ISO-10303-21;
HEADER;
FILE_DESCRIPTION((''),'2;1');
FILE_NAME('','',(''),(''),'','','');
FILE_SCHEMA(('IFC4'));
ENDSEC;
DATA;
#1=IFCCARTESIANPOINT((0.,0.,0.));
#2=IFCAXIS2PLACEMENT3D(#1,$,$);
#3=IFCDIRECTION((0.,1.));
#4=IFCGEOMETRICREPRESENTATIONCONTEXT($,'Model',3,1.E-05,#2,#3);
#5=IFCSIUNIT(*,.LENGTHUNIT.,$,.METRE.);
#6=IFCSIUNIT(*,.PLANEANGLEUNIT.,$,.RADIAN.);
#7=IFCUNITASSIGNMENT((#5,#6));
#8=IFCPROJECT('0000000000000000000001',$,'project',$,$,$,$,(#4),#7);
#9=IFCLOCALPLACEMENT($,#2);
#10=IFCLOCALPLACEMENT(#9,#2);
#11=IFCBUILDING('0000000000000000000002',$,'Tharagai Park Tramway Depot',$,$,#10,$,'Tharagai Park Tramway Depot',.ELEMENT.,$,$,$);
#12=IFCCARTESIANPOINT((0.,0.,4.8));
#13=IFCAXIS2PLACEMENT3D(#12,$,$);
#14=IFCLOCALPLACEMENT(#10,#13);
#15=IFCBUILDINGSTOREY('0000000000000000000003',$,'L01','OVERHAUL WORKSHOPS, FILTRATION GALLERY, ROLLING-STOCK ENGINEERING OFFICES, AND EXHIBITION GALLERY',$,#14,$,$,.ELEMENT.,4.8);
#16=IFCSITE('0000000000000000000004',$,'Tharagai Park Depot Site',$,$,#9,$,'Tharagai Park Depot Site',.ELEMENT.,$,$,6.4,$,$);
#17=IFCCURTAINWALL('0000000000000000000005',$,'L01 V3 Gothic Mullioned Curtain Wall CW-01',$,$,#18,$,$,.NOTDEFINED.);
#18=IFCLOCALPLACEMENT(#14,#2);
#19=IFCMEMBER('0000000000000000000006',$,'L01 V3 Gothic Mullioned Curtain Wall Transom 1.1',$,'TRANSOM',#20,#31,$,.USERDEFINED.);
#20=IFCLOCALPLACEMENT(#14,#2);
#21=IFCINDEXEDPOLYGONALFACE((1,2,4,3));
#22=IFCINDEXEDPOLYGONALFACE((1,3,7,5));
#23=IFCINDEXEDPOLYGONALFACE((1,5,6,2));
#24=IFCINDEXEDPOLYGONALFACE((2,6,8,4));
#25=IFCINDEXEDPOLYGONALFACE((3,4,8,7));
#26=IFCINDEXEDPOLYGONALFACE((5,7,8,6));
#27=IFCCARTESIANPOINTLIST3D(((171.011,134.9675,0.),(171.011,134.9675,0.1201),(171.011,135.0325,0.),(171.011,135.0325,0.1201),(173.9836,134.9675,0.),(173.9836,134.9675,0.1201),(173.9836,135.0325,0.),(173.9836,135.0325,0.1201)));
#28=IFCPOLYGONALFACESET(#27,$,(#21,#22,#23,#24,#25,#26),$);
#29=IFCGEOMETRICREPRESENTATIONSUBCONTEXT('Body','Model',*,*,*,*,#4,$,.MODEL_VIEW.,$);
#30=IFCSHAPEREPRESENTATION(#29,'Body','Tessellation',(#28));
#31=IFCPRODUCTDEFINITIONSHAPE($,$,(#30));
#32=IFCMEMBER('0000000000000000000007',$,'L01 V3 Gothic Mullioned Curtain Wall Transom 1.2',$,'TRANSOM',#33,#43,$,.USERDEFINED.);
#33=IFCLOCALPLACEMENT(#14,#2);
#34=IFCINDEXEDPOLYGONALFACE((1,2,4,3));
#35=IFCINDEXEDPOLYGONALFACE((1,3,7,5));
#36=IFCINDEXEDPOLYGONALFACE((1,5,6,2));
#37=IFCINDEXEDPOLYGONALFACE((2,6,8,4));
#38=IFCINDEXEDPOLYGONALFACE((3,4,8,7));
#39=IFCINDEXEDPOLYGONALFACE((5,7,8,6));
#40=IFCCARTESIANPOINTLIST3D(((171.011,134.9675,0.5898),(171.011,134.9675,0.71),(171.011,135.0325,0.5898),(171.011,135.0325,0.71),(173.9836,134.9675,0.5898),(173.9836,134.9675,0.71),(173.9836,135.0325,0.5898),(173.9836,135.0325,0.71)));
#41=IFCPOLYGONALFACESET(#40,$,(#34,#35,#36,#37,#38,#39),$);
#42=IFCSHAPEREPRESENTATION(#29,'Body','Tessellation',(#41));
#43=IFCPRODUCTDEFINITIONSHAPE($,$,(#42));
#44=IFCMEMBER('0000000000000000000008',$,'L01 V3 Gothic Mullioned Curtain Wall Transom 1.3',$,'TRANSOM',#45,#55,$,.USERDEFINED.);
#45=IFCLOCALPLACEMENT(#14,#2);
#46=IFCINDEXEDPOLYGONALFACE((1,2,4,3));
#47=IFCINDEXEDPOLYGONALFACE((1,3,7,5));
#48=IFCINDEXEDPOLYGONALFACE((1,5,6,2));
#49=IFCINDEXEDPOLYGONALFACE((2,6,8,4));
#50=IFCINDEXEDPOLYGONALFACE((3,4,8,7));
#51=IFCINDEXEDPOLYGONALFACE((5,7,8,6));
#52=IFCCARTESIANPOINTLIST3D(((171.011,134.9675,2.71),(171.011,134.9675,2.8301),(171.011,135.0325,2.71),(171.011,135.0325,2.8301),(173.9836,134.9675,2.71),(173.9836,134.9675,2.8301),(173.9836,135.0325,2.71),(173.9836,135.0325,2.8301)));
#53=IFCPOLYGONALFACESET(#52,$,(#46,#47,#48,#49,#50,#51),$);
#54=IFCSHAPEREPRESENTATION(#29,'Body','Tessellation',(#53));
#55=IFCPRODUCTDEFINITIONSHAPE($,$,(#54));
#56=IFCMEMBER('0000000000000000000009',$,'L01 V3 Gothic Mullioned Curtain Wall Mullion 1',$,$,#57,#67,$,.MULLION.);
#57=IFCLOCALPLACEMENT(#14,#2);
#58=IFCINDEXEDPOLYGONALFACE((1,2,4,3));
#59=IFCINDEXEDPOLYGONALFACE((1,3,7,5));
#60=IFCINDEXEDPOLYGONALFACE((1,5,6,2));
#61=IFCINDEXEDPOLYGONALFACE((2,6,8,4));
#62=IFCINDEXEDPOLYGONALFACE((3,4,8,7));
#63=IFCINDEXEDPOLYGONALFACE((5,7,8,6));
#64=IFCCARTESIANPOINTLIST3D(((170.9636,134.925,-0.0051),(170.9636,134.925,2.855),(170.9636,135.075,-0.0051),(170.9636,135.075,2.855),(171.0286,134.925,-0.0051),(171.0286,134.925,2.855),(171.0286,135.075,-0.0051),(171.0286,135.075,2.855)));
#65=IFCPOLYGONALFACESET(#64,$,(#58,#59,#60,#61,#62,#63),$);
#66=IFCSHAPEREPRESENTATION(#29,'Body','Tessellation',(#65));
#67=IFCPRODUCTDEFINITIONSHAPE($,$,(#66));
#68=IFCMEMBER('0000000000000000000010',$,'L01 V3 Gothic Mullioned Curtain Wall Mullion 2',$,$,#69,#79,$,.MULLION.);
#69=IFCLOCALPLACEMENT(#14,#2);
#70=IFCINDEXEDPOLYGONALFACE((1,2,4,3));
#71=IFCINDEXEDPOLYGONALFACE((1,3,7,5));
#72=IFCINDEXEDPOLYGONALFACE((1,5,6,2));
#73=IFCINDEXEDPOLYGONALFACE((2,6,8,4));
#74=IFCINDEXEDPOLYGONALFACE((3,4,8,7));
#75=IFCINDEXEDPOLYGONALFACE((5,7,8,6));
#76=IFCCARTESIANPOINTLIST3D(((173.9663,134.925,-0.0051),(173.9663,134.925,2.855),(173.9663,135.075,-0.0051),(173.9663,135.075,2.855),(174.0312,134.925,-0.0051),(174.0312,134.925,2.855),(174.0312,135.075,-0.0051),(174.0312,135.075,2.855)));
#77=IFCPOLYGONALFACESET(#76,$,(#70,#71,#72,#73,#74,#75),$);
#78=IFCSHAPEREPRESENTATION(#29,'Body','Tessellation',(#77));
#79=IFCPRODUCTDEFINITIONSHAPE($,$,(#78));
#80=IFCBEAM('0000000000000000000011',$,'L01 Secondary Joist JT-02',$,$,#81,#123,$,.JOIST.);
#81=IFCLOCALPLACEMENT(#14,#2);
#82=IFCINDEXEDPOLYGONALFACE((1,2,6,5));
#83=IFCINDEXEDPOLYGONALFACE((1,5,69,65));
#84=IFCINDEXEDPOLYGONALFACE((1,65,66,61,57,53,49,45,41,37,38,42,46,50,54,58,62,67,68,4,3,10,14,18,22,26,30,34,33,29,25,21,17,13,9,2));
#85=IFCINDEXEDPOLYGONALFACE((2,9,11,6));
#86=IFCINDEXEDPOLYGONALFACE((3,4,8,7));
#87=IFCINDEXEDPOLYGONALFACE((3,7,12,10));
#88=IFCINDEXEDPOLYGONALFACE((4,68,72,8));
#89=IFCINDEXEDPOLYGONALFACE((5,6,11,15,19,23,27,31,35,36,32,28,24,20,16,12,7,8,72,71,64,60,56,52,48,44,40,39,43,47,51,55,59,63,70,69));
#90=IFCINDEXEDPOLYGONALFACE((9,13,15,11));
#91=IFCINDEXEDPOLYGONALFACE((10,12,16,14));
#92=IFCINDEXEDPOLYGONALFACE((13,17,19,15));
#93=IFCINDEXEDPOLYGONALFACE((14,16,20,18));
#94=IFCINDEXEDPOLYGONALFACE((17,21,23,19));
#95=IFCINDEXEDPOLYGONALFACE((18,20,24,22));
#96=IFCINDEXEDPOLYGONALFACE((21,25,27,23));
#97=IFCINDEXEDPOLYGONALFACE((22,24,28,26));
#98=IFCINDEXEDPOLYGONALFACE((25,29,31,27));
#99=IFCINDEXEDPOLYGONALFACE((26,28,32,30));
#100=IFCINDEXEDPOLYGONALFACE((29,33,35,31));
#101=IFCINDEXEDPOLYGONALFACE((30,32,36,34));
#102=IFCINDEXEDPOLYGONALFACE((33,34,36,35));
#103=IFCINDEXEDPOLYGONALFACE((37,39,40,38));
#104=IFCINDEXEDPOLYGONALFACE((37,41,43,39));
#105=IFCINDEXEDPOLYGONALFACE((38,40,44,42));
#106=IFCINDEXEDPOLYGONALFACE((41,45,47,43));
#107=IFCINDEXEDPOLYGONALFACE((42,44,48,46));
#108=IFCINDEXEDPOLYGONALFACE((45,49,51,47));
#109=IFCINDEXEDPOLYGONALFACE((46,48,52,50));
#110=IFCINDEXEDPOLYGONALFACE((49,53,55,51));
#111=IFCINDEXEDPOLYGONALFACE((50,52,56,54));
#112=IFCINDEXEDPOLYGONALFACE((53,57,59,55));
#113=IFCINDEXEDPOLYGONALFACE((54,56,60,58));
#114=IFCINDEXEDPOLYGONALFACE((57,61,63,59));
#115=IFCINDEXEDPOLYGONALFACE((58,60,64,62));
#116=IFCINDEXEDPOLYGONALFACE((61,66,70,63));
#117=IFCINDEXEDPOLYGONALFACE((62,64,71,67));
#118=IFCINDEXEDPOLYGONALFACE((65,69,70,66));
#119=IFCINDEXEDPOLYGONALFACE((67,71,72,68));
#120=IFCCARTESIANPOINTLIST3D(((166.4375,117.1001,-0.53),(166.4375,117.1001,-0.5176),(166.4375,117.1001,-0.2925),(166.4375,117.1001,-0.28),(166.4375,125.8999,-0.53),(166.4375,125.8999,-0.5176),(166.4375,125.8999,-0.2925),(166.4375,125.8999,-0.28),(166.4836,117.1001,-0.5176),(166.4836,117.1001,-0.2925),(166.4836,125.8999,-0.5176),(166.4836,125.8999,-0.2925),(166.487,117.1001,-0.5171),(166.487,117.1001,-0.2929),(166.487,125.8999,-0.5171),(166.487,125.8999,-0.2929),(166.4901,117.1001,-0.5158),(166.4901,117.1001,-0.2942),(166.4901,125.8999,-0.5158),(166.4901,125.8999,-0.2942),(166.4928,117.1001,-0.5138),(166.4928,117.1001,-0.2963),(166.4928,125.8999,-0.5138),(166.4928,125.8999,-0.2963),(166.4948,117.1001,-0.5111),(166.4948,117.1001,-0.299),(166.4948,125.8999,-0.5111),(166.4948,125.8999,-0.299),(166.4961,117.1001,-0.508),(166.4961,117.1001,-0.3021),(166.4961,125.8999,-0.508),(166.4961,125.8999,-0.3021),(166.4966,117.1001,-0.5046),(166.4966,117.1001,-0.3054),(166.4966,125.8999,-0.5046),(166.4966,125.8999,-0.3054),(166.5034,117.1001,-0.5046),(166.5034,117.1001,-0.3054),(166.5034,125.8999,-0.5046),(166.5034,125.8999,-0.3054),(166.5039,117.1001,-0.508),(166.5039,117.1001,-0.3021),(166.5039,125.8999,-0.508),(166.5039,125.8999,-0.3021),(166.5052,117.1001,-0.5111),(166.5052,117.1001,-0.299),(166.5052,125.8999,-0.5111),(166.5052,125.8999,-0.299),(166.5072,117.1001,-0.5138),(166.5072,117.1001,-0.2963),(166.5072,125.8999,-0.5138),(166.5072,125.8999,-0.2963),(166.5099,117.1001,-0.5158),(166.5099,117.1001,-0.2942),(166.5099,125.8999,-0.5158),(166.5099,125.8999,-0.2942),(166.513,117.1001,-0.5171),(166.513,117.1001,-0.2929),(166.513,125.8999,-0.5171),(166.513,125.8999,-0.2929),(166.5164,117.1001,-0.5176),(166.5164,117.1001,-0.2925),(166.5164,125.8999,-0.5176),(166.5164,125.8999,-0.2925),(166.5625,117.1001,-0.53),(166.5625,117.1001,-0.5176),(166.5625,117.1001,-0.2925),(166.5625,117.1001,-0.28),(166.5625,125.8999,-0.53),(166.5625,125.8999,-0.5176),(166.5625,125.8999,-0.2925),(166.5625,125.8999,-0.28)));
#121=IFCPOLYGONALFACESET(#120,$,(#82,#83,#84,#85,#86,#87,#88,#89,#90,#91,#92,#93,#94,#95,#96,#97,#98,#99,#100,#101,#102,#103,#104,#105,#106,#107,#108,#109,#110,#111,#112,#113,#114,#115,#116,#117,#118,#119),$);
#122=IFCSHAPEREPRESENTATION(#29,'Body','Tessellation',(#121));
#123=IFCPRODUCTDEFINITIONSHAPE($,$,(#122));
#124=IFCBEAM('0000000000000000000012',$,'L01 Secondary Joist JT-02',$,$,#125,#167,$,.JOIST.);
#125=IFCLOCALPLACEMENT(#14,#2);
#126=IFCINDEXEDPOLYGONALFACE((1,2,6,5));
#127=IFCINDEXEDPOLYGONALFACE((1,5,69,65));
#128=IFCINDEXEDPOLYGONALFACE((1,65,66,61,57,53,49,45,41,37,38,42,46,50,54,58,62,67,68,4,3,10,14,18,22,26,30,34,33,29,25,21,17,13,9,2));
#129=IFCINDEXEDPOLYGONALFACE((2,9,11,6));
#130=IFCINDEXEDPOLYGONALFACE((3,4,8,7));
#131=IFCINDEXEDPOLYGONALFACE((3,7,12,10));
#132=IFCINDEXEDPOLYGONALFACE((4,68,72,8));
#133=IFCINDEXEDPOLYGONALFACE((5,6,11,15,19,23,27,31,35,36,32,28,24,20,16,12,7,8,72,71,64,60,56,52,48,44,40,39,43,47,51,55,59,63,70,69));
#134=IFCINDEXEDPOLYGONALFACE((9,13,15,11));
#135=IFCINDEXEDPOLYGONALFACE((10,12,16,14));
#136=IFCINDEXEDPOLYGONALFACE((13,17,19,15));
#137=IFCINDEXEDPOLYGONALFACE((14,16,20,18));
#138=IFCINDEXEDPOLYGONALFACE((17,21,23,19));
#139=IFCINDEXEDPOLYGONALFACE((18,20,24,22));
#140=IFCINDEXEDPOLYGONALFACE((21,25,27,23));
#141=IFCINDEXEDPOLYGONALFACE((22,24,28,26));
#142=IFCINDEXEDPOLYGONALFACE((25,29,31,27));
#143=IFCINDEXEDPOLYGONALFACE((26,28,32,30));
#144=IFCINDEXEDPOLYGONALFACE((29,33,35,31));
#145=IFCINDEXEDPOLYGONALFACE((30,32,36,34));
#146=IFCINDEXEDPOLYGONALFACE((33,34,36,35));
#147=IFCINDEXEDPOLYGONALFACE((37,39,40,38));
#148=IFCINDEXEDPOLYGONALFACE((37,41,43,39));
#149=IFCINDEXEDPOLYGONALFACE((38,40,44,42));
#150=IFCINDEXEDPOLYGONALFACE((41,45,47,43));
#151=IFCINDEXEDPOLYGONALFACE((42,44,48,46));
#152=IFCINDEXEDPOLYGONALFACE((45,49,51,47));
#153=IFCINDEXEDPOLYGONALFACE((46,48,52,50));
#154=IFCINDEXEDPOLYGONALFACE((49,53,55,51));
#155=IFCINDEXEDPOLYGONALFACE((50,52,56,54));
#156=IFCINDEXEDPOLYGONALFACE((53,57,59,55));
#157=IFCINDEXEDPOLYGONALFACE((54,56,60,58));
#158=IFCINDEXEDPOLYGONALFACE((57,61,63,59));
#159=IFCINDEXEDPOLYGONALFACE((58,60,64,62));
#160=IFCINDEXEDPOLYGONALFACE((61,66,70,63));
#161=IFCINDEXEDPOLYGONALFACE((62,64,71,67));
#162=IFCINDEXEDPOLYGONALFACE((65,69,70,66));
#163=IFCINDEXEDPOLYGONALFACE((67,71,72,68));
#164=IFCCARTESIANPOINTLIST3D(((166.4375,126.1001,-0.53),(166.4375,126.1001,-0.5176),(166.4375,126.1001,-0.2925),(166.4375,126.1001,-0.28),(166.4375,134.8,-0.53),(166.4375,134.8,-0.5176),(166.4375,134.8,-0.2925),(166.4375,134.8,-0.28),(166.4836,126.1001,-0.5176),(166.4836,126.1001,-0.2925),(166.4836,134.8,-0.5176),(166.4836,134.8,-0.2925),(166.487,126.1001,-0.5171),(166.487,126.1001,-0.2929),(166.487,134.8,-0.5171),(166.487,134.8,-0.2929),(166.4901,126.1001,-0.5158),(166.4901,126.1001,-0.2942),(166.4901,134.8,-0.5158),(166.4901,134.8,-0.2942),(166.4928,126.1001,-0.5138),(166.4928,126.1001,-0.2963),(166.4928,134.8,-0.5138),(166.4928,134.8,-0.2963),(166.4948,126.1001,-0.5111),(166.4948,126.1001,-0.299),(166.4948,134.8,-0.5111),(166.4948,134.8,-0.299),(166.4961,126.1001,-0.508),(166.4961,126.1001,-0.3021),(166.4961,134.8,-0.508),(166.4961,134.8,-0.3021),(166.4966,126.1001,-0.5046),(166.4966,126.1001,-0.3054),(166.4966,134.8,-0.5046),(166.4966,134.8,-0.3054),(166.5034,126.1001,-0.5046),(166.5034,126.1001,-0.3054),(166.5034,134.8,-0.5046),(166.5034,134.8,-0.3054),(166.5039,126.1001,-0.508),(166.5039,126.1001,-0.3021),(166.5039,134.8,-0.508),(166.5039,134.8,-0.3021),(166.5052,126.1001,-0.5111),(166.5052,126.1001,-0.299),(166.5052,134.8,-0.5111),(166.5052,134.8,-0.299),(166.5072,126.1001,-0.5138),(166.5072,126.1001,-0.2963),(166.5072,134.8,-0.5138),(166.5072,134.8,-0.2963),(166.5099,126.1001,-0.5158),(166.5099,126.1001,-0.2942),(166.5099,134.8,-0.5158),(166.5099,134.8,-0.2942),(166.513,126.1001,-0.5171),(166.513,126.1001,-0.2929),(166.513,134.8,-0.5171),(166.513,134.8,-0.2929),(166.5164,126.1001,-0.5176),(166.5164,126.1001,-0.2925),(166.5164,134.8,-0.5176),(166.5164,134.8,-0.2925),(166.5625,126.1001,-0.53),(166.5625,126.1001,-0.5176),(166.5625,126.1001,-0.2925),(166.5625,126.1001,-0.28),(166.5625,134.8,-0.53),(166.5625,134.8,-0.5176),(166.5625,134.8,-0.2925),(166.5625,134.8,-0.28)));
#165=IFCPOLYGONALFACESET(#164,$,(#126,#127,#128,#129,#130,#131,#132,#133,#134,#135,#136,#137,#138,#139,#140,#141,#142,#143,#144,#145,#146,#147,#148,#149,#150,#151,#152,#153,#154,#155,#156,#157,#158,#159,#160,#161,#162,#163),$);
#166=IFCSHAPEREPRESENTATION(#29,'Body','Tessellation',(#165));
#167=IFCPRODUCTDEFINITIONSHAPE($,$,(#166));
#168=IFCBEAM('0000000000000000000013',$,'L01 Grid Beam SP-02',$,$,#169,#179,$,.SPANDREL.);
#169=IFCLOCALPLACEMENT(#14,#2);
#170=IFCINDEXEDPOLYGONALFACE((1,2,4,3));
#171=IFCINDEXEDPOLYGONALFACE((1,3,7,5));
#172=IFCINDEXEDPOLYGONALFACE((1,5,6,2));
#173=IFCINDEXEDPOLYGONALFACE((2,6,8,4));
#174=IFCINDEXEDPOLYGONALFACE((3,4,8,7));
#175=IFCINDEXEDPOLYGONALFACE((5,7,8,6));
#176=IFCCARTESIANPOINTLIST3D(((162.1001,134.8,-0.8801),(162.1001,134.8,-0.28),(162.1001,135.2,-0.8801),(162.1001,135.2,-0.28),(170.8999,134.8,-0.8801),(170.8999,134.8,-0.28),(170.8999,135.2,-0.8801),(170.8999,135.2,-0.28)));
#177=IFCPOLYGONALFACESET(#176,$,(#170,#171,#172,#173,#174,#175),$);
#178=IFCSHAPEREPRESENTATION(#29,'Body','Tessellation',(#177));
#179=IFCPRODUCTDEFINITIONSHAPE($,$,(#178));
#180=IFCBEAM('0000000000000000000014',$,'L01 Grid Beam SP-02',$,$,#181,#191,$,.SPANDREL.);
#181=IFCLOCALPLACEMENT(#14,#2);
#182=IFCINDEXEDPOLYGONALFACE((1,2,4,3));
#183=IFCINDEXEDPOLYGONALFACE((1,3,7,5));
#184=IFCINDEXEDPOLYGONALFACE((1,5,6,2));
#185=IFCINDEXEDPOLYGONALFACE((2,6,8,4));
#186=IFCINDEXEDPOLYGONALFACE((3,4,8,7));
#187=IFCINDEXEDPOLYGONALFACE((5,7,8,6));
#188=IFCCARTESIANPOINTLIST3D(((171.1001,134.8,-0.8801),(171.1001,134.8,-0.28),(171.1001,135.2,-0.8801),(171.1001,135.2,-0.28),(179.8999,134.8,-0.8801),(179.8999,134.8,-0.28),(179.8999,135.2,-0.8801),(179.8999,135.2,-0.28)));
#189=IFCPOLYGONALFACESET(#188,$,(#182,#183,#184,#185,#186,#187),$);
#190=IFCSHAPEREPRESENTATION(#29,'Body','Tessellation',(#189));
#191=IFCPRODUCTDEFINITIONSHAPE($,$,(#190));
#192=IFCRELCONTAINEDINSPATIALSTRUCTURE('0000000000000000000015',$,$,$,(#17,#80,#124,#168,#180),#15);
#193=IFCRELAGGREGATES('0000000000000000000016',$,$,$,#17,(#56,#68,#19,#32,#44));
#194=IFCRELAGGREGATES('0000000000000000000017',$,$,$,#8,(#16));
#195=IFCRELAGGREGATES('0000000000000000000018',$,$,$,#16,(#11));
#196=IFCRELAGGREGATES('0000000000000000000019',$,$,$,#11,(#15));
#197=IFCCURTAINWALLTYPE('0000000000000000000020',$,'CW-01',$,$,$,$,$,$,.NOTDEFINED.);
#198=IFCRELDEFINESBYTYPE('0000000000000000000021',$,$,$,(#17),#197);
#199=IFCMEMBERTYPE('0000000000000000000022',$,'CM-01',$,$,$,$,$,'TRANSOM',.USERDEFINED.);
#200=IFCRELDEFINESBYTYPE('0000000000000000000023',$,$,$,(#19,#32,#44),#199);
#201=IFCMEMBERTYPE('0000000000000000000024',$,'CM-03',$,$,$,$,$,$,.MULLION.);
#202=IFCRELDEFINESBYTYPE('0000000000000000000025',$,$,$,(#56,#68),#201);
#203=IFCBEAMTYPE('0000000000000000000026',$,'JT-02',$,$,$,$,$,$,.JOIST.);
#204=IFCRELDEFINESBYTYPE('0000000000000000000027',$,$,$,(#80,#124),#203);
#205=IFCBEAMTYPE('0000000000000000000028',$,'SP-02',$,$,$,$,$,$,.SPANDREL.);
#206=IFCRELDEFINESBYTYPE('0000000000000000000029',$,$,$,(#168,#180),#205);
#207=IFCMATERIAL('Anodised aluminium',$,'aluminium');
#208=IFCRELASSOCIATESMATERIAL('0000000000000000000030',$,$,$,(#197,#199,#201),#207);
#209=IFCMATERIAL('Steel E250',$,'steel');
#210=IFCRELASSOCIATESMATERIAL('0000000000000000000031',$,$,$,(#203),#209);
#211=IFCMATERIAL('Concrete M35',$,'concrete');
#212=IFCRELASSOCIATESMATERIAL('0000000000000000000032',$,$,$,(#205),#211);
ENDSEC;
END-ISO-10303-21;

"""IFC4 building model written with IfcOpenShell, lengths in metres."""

from ifc_helpers import new_model, si_unit, direction, frame, origin, origin_2d, place, context, subcontext, project, spatial, rectangle, i_section, extrude, material, material_profile, profile_set, type_object, element, aggregate, save


model = new_model("IFC4")

# Units and contexts
model_context = context("Model", 3, precision=1e-05, world=origin(), true_north=direction((0.0, 1.0)))
body_context = subcontext(model_context, "Body", "Model", "MODEL_VIEW")
ifc_project = project(units=[si_unit("LENGTHUNIT", "METRE"), si_unit("PLANEANGLEUNIT", "RADIAN")], contexts=[model_context])

# Site, building, storey
site_placement = place(None, origin())
site = spatial("IfcSite", under=ifc_project, at=site_placement, Name="Tharagai Park Depot Site", LongName="Tharagai Park Depot Site", CompositionType="ELEMENT", RefElevation=6.4)
building_placement = place(site_placement, origin())
building = spatial("IfcBuilding", under=site, at=building_placement, Name="Tharagai Park Tramway Depot", LongName="Tharagai Park Tramway Depot", CompositionType="ELEMENT")
storey_placement = place(building_placement, frame((0.0, 0.0, 4.8)))
storey = spatial("IfcBuildingStorey", under=building, at=storey_placement, Name="L01", Description="OVERHAUL WORKSHOPS, FILTRATION GALLERY, ROLLING-STOCK ENGINEERING OFFICES, AND EXHIBITION GALLERY", CompositionType="ELEMENT", Elevation=4.8)

# Curtain wall, members
ifc_material_1 = material(Name="Anodised aluminium", Category="aluminium")
curtain_wall_type = type_object("IfcCurtainWallType", Name="CW-01", PredefinedType="NOTDEFINED", material=ifc_material_1)
curtain_wall_placement = place(storey_placement, origin())
curtain_wall = element("IfcCurtainWall", 1, at=curtain_wall_placement, inside=storey, type_object=curtain_wall_type, Name="L01 V3 Gothic Mullioned Curtain Wall CW-01", PredefinedType="NOTDEFINED")
ifc_material_profile_1 = material_profile(ifc_material_1, rectangle(XDim=0.0649, YDim=0.1201, at=origin_2d()), Name="ALU 65x120")
ifc_profile_set_1 = profile_set([ifc_material_profile_1], Name="Anodised aluminium")
member_type_1 = type_object("IfcMemberType", Name="CM-01", ElementType="TRANSOM", PredefinedType="USERDEFINED", material=ifc_profile_set_1)
member_1_placement = place(storey_placement, frame((171.011, 135.0, 0.0601), z_axis=(1.0, 0.0, 0.0), x_axis=(0.0, 1.0, 0.0)))
member_1 = element("IfcMember", 2, at=member_1_placement, type_object=member_type_1, Name="L01 V3 Gothic Mullioned Curtain Wall Transom 1.1", ObjectType="TRANSOM", PredefinedType="USERDEFINED", context=body_context, shape_type="SweptSolid", body=[
    extrude(rectangle(XDim=0.0649, YDim=0.1201, at=origin_2d()), origin(), (0.0, 0.0, 1.0), 2.9727),
])
member_2_placement = place(storey_placement, frame((171.011, 135.0, 0.6499), z_axis=(1.0, 0.0, 0.0), x_axis=(0.0, 1.0, 0.0)))
member_2 = element("IfcMember", 3, at=member_2_placement, type_object=member_type_1, Name="L01 V3 Gothic Mullioned Curtain Wall Transom 1.2", ObjectType="TRANSOM", PredefinedType="USERDEFINED", context=body_context, shape_type="SweptSolid", body=[
    extrude(rectangle(XDim=0.0649, YDim=0.1201, at=origin_2d()), origin(), (0.0, 0.0, 1.0), 2.9727),
])
member_3_placement = place(storey_placement, frame((171.011, 135.0, 2.77), z_axis=(1.0, 0.0, 0.0), x_axis=(0.0, 1.0, 0.0)))
member_3 = element("IfcMember", 4, at=member_3_placement, type_object=member_type_1, Name="L01 V3 Gothic Mullioned Curtain Wall Transom 1.3", ObjectType="TRANSOM", PredefinedType="USERDEFINED", context=body_context, shape_type="SweptSolid", body=[
    extrude(rectangle(XDim=0.0649, YDim=0.1201, at=origin_2d()), origin(), (0.0, 0.0, 1.0), 2.9727),
])
ifc_material_profile_2 = material_profile(ifc_material_1, rectangle(XDim=0.0649, YDim=0.1499, at=origin_2d()), Name="ALU 65x150")
ifc_profile_set_2 = profile_set([ifc_material_profile_2], Name="Anodised aluminium")
member_type_2 = type_object("IfcMemberType", Name="CM-03", PredefinedType="MULLION", material=ifc_profile_set_2)
member_4_placement = place(storey_placement, frame((170.9961, 135.0, -0.0051), z_axis=(0.0, 0.0, 1.0), x_axis=(1.0, 0.0, 0.0)))
member_4 = element("IfcMember", 5, at=member_4_placement, type_object=member_type_2, Name="L01 V3 Gothic Mullioned Curtain Wall Mullion 1", PredefinedType="MULLION", context=body_context, shape_type="SweptSolid", body=[
    extrude(rectangle(XDim=0.0649, YDim=0.1499, at=origin_2d()), origin(), (0.0, 0.0, 1.0), 2.8601),
])
member_5_placement = place(storey_placement, frame((173.9988, 135.0, -0.0051), z_axis=(0.0, 0.0, 1.0), x_axis=(1.0, 0.0, 0.0)))
member_5 = element("IfcMember", 6, at=member_5_placement, type_object=member_type_2, Name="L01 V3 Gothic Mullioned Curtain Wall Mullion 2", PredefinedType="MULLION", context=body_context, shape_type="SweptSolid", body=[
    extrude(rectangle(XDim=0.0649, YDim=0.1499, at=origin_2d()), origin(), (0.0, 0.0, 1.0), 2.8601),
])

# Beams
ifc_material_2 = material(Name="Steel E250", Category="steel")
ifc_material_profile_3 = material_profile(ifc_material_2, i_section(OverallWidth=0.125, OverallDepth=0.25, WebThickness=0.0068, FlangeThickness=0.0125, FilletRadius=0.0129, at=origin_2d()), Name="ISMB 250")
ifc_profile_set_3 = profile_set([ifc_material_profile_3], Name="Steel E250")
beam_type_1 = type_object("IfcBeamType", Name="JT-02", PredefinedType="JOIST", material=ifc_profile_set_3)
beam_1_placement = place(storey_placement, frame((166.5, 117.1001, -0.405), z_axis=(0.0, 1.0, 0.0), x_axis=(-1.0, 0.0, 0.0)))
element("IfcBeam", 7, at=beam_1_placement, inside=storey, type_object=beam_type_1, Name="L01 Secondary Joist JT-02", PredefinedType="JOIST", context=body_context, shape_type="SweptSolid", body=[
    extrude(i_section(OverallWidth=0.125, OverallDepth=0.25, WebThickness=0.0068, FlangeThickness=0.0125, FilletRadius=0.0129, at=origin_2d()), origin(), (0.0, 0.0, 1.0), 8.7998),
])
beam_2_placement = place(storey_placement, frame((166.5, 126.1001, -0.405), z_axis=(0.0, 1.0, 0.0), x_axis=(-1.0, 0.0, 0.0)))
element("IfcBeam", 8, at=beam_2_placement, inside=storey, type_object=beam_type_1, Name="L01 Secondary Joist JT-02", PredefinedType="JOIST", context=body_context, shape_type="SweptSolid", body=[
    extrude(i_section(OverallWidth=0.125, OverallDepth=0.25, WebThickness=0.0068, FlangeThickness=0.0125, FilletRadius=0.0129, at=origin_2d()), origin(), (0.0, 0.0, 1.0), 8.7),
])
ifc_material_3 = material(Name="Concrete M35", Category="concrete")
ifc_material_profile_4 = material_profile(ifc_material_3, rectangle(XDim=0.3999, YDim=0.6001, at=origin_2d()), Name="RC 400x600")
ifc_profile_set_4 = profile_set([ifc_material_profile_4], Name="Concrete M35")
beam_type_2 = type_object("IfcBeamType", Name="SP-02", PredefinedType="SPANDREL", material=ifc_profile_set_4)
for number, where, z_axis, x_axis, name in (
    (9, (162.1001, 135.0, -0.5801), (1.0, 0.0, 0.0), (0.0, 1.0, 0.0), "L01 Grid Beam SP-02"),
    (10, (171.1001, 135.0, -0.5801), (1.0, 0.0, 0.0), (0.0, 1.0, 0.0), "L01 Grid Beam SP-02"),
):
    element("IfcBeam", number, at=place(storey_placement, frame(where, z_axis=z_axis, x_axis=x_axis)), inside=storey, type_object=beam_type_2, Name=name, PredefinedType="SPANDREL", context=body_context, shape_type="SweptSolid", body=[
        extrude(rectangle(XDim=0.3999, YDim=0.6001, at=origin_2d()), origin(), (0.0, 0.0, 1.0), 8.7998),
    ])

aggregate(curtain_wall, [member_4, member_5, member_1, member_2, member_3])

save(model, "model.ifc")
